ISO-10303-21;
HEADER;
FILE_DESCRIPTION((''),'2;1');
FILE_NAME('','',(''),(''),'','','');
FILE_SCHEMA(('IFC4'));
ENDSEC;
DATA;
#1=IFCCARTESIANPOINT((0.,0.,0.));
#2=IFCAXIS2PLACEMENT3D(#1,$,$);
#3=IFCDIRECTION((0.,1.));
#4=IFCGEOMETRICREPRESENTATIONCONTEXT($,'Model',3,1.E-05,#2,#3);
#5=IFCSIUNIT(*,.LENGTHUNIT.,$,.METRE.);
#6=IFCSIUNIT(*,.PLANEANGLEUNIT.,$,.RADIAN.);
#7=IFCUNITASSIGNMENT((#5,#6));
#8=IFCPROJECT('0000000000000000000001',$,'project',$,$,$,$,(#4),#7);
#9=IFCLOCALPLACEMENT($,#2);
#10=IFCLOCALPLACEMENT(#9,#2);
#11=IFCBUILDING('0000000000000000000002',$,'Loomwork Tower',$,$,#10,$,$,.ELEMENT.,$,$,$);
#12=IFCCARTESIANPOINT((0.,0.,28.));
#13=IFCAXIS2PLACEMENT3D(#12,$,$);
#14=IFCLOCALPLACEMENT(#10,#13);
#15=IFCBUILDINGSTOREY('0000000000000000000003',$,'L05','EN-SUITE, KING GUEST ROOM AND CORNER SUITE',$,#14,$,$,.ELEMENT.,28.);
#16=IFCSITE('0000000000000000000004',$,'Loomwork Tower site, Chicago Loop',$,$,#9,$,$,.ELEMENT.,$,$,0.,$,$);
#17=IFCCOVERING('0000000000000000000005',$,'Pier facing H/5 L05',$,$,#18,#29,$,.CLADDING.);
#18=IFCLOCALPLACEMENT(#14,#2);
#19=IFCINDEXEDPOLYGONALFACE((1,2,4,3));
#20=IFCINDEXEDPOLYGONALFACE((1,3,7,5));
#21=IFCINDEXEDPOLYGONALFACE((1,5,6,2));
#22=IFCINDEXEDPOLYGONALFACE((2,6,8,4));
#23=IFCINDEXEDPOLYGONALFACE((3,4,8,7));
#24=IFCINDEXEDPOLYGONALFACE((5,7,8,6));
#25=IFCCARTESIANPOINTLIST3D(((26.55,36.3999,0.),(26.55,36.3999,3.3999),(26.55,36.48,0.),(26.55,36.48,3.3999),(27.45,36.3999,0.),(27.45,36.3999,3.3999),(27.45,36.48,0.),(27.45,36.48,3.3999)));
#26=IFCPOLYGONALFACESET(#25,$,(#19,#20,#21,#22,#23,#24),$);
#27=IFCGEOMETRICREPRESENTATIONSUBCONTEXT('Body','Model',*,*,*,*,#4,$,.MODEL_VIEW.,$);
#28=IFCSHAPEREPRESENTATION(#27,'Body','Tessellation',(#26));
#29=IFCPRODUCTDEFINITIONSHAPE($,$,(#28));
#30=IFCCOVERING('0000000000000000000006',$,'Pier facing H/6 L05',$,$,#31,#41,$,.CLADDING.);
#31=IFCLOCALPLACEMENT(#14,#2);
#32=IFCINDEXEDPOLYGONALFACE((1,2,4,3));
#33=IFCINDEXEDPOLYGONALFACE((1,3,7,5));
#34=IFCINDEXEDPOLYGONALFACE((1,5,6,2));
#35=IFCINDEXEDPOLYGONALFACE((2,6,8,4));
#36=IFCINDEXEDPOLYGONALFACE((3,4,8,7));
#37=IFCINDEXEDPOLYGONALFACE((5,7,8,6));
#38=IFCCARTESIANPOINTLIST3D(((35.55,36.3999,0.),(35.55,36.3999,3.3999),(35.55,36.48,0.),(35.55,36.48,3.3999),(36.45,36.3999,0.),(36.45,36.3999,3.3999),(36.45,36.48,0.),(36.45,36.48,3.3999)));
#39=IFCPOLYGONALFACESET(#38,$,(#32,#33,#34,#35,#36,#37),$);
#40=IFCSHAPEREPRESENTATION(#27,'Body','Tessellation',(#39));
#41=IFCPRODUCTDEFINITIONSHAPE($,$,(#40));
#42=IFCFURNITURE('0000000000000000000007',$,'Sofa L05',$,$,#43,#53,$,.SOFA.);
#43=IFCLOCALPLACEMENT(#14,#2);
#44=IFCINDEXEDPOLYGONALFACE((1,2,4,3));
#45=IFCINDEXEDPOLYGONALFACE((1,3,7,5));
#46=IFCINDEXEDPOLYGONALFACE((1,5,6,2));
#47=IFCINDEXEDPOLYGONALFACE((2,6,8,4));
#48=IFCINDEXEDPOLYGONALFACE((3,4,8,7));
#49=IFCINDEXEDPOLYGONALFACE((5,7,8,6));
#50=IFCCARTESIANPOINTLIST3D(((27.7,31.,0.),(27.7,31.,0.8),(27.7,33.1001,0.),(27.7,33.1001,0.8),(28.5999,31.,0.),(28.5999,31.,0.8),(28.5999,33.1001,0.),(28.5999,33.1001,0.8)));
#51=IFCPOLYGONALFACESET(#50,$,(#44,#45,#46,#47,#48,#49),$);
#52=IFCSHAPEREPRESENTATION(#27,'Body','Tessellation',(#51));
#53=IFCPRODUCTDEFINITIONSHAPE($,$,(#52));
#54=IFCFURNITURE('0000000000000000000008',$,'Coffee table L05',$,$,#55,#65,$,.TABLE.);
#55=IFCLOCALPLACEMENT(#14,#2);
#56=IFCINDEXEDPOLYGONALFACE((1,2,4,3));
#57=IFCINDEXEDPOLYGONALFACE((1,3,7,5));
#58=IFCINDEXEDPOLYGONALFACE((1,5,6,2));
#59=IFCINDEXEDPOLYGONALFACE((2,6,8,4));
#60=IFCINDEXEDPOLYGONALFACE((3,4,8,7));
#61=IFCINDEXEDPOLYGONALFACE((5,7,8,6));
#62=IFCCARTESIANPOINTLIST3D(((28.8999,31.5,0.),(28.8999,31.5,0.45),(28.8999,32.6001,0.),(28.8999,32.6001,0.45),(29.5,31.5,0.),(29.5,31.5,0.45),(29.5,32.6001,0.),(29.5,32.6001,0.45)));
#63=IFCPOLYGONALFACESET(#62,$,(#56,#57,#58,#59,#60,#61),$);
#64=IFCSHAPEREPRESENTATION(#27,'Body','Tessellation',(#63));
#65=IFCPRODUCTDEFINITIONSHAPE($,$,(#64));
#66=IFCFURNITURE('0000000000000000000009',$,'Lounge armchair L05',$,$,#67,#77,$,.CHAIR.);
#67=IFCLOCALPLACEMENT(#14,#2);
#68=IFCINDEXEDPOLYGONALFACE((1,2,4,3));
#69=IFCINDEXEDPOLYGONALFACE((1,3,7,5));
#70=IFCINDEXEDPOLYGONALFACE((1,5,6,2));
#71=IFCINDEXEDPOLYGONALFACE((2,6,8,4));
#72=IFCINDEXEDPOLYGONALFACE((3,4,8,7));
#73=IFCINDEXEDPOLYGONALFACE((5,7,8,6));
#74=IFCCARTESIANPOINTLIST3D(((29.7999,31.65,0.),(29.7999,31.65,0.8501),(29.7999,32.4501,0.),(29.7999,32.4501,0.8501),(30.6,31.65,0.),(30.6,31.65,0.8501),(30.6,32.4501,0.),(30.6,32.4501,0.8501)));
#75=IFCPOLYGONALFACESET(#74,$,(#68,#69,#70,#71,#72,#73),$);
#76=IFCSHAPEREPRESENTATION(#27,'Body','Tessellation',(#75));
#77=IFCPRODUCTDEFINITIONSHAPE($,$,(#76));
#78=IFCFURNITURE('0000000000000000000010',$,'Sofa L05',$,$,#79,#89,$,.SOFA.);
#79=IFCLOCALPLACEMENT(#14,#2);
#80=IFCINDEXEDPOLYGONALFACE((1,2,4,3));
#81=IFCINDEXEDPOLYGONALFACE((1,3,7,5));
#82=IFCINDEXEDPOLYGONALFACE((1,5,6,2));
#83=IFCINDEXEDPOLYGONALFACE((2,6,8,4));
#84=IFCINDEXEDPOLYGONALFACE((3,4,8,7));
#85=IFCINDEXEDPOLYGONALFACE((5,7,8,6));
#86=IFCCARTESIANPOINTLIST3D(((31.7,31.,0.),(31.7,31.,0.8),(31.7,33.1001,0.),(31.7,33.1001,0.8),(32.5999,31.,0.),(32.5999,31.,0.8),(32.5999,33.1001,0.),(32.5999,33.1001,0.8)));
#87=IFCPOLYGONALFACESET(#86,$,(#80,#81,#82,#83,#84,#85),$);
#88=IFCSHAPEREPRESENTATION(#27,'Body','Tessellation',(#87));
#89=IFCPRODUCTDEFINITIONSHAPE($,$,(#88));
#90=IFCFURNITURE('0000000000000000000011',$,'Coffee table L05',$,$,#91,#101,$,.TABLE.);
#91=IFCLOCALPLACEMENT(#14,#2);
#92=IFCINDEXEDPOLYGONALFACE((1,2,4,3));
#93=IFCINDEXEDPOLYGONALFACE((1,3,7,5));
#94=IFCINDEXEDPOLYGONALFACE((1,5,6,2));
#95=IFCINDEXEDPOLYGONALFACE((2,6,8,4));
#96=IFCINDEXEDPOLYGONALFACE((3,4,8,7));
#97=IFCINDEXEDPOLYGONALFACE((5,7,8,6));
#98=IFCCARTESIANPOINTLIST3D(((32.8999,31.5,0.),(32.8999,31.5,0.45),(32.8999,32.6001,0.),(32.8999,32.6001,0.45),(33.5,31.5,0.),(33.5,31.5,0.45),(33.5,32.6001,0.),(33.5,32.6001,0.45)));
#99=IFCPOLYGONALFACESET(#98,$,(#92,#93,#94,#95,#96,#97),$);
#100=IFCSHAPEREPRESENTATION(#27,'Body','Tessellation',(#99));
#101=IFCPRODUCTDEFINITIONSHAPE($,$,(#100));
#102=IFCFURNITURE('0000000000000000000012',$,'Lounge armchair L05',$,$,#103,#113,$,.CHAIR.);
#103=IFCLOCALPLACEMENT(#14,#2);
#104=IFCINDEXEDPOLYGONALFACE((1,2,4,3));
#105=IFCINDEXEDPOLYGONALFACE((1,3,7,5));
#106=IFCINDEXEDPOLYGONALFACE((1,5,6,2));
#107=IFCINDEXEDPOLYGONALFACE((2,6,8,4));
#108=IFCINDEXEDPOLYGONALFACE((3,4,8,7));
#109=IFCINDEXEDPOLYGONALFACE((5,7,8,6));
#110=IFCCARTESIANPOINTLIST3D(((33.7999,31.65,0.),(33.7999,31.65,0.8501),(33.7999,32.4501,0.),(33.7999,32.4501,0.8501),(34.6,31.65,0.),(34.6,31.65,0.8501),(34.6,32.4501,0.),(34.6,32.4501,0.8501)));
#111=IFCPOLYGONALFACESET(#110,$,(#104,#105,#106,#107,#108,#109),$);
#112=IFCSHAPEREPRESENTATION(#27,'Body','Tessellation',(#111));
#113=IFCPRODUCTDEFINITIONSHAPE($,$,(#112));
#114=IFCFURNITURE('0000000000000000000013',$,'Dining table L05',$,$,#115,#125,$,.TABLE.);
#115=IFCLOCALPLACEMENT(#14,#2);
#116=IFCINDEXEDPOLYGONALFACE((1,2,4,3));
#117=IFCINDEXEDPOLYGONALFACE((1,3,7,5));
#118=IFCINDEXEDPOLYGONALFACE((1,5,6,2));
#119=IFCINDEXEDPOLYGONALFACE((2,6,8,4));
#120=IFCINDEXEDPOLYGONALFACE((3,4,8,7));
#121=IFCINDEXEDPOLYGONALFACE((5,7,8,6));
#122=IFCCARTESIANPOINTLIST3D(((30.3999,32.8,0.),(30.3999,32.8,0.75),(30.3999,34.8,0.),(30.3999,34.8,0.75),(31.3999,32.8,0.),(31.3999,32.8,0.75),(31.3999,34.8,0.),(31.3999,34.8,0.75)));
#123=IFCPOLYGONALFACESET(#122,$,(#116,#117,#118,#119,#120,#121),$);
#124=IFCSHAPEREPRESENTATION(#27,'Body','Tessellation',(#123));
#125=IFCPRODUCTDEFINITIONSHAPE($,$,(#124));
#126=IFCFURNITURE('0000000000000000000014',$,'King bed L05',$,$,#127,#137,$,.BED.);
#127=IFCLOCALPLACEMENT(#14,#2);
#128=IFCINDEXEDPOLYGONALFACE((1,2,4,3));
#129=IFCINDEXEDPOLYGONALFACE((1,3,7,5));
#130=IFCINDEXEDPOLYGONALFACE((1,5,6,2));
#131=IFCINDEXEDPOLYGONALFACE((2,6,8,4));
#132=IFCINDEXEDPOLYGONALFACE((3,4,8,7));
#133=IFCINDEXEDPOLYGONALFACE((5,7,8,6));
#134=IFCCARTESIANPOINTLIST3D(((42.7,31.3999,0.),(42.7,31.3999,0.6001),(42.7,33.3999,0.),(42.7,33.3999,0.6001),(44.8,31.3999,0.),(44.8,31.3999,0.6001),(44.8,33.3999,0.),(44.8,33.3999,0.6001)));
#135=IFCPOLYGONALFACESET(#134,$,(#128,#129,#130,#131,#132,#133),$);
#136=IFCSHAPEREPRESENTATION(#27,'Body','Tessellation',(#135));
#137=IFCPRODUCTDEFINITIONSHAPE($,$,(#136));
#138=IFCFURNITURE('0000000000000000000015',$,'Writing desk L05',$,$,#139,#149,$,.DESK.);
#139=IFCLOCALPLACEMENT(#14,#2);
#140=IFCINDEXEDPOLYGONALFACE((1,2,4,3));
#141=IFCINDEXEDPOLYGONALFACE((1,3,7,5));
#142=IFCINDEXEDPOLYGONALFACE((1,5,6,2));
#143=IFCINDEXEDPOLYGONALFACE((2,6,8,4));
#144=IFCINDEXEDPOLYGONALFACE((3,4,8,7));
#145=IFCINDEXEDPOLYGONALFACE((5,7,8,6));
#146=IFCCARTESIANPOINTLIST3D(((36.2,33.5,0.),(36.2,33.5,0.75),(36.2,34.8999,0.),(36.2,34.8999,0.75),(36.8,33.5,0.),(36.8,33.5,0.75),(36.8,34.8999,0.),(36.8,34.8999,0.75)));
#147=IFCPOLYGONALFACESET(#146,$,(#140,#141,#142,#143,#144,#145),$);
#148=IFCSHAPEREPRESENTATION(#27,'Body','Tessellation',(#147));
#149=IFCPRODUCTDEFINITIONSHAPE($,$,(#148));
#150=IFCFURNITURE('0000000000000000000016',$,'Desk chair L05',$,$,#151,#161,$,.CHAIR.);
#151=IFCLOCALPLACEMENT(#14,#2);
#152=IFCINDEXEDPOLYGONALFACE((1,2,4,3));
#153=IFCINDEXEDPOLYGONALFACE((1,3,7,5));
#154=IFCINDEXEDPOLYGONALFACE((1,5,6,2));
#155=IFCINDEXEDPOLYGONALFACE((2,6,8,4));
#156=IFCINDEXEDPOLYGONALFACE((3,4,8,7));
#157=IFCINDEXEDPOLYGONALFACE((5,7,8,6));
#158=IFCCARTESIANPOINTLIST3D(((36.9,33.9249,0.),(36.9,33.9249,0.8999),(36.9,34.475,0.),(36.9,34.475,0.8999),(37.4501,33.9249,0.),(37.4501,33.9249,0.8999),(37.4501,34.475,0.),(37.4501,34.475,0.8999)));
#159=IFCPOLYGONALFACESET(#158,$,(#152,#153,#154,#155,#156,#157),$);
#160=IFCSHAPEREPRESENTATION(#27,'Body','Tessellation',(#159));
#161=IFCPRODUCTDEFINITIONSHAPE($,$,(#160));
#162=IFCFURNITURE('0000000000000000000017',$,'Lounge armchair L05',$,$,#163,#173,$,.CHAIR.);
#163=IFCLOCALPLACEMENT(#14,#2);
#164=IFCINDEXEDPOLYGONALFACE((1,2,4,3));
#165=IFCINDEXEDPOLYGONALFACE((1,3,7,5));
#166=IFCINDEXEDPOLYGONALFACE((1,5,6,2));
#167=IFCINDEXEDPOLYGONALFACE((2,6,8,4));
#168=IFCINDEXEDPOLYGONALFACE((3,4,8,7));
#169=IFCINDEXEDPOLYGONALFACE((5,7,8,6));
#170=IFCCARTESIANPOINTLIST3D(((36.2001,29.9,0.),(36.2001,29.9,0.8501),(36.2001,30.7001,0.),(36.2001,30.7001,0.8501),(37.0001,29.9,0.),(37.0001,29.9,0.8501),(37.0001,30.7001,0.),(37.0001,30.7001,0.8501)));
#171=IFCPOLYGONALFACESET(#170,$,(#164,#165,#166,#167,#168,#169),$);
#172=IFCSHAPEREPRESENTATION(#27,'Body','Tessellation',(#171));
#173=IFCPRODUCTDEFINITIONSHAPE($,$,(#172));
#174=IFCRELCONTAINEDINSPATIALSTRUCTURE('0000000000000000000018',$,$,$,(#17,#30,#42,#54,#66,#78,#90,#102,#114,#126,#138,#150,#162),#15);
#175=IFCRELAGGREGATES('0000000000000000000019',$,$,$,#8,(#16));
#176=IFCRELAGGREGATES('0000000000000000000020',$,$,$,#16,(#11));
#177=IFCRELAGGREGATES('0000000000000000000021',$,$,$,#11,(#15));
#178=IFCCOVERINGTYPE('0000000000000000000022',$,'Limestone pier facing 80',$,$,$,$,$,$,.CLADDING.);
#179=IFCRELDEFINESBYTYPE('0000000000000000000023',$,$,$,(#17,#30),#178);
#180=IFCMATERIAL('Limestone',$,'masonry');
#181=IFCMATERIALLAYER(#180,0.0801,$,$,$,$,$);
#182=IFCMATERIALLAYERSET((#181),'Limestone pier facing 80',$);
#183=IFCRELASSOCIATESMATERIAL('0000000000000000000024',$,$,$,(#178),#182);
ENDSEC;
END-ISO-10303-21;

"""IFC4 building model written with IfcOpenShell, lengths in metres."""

from ifc_helpers import new_model, si_unit, direction, frame, origin, origin_2d, place, context, subcontext, project, spatial, rectangle, extrude, material, layer, layer_set, type_object, element, save


model = new_model("IFC4")

# Units and contexts
model_context = context("Model", 3, precision=1e-05, world=origin(), true_north=direction((0.0, 1.0)))
body_context = subcontext(model_context, "Body", "Model", "MODEL_VIEW")
ifc_project = project(units=[si_unit("LENGTHUNIT", "METRE"), si_unit("PLANEANGLEUNIT", "RADIAN")], contexts=[model_context])

# Site, building, storey
site_placement = place(None, origin())
site = spatial("IfcSite", under=ifc_project, at=site_placement, Name="Loomwork Tower site, Chicago Loop", CompositionType="ELEMENT", RefElevation=0.0)
building_placement = place(site_placement, origin())
building = spatial("IfcBuilding", under=site, at=building_placement, Name="Loomwork Tower", CompositionType="ELEMENT")
storey_placement = place(building_placement, frame((0.0, 0.0, 28.0)))
storey = spatial("IfcBuildingStorey", under=building, at=storey_placement, Name="L05", Description="EN-SUITE, KING GUEST ROOM AND CORNER SUITE", CompositionType="ELEMENT", Elevation=28.0)

# Coverings
ifc_material_1 = material(Name="Limestone", Category="masonry")
ifc_layer_1 = layer(ifc_material_1, 0.0801)
ifc_layer_set_1 = layer_set([ifc_layer_1], Name="Limestone pier facing 80")
covering_type = type_object("IfcCoveringType", Name="Limestone pier facing 80", PredefinedType="CLADDING", material=ifc_layer_set_1)
for number, where, z_axis, x_axis, name in (
    (1, (27.0, 36.4399, 0.0), (0.0, 0.0, 1.0), (1.0, 0.0, 0.0), "Pier facing H/5 L05"),
    (2, (36.0, 36.4399, 0.0), (0.0, 0.0, 1.0), (1.0, 0.0, 0.0), "Pier facing H/6 L05"),
):
    element("IfcCovering", number, at=place(storey_placement, frame(where, z_axis=z_axis, x_axis=x_axis)), inside=storey, type_object=covering_type, Name=name, PredefinedType="CLADDING", context=body_context, shape_type="SweptSolid", body=[
        extrude(rectangle(XDim=0.8999, YDim=0.0801, at=origin_2d()), origin(), (0.0, 0.0, 1.0), 3.3999),
    ])

# Furniture
furniture_1_placement = place(storey_placement, frame((28.1499, 32.05, 0.0), z_axis=(0.0, 0.0, 1.0), x_axis=(1.0, 0.0, 0.0)))
element("IfcFurniture", 3, at=furniture_1_placement, inside=storey, Name="Sofa L05", PredefinedType="SOFA", context=body_context, shape_type="SweptSolid", body=[
    extrude(rectangle(XDim=0.8999, YDim=2.1001, at=origin_2d()), origin(), (0.0, 0.0, 1.0), 0.8),
])
furniture_2_placement = place(storey_placement, frame((29.2, 32.05, 0.0), z_axis=(0.0, 0.0, 1.0), x_axis=(1.0, 0.0, 0.0)))
element("IfcFurniture", 4, at=furniture_2_placement, inside=storey, Name="Coffee table L05", PredefinedType="TABLE", context=body_context, shape_type="SweptSolid", body=[
    extrude(rectangle(XDim=0.6001, YDim=1.1001, at=origin_2d()), origin(), (0.0, 0.0, 1.0), 0.45),
])
furniture_3_placement = place(storey_placement, frame((30.2, 32.05, 0.0), z_axis=(0.0, 0.0, 1.0), x_axis=(1.0, 0.0, 0.0)))
element("IfcFurniture", 5, at=furniture_3_placement, inside=storey, Name="Lounge armchair L05", PredefinedType="CHAIR", context=body_context, shape_type="SweptSolid", body=[
    extrude(rectangle(XDim=0.8, YDim=0.8, at=origin_2d()), origin(), (0.0, 0.0, 1.0), 0.8501),
])
furniture_4_placement = place(storey_placement, frame((32.1499, 32.05, 0.0), z_axis=(0.0, 0.0, 1.0), x_axis=(1.0, 0.0, 0.0)))
element("IfcFurniture", 6, at=furniture_4_placement, inside=storey, Name="Sofa L05", PredefinedType="SOFA", context=body_context, shape_type="SweptSolid", body=[
    extrude(rectangle(XDim=0.8999, YDim=2.1001, at=origin_2d()), origin(), (0.0, 0.0, 1.0), 0.8),
])
furniture_5_placement = place(storey_placement, frame((33.2, 32.05, 0.0), z_axis=(0.0, 0.0, 1.0), x_axis=(1.0, 0.0, 0.0)))
element("IfcFurniture", 7, at=furniture_5_placement, inside=storey, Name="Coffee table L05", PredefinedType="TABLE", context=body_context, shape_type="SweptSolid", body=[
    extrude(rectangle(XDim=0.6001, YDim=1.1001, at=origin_2d()), origin(), (0.0, 0.0, 1.0), 0.45),
])
furniture_6_placement = place(storey_placement, frame((34.2, 32.05, 0.0), z_axis=(0.0, 0.0, 1.0), x_axis=(1.0, 0.0, 0.0)))
element("IfcFurniture", 8, at=furniture_6_placement, inside=storey, Name="Lounge armchair L05", PredefinedType="CHAIR", context=body_context, shape_type="SweptSolid", body=[
    extrude(rectangle(XDim=0.8, YDim=0.8, at=origin_2d()), origin(), (0.0, 0.0, 1.0), 0.8501),
])
furniture_7_placement = place(storey_placement, frame((30.8999, 33.8, 0.0), z_axis=(0.0, 0.0, 1.0), x_axis=(1.0, 0.0, 0.0)))
element("IfcFurniture", 9, at=furniture_7_placement, inside=storey, Name="Dining table L05", PredefinedType="TABLE", context=body_context, shape_type="SweptSolid", body=[
    extrude(rectangle(XDim=1.0, YDim=2.0, at=origin_2d()), origin(), (0.0, 0.0, 1.0), 0.75),
])
furniture_8_placement = place(storey_placement, frame((43.75, 32.3999, 0.0), z_axis=(0.0, 0.0, 1.0), x_axis=(1.0, 0.0, 0.0)))
element("IfcFurniture", 10, at=furniture_8_placement, inside=storey, Name="King bed L05", PredefinedType="BED", context=body_context, shape_type="SweptSolid", body=[
    extrude(rectangle(XDim=2.1001, YDim=2.0, at=origin_2d()), origin(), (0.0, 0.0, 1.0), 0.6001),
])
furniture_9_placement = place(storey_placement, frame((36.5, 34.2, 0.0), z_axis=(0.0, 0.0, 1.0), x_axis=(1.0, 0.0, 0.0)))
element("IfcFurniture", 11, at=furniture_9_placement, inside=storey, Name="Writing desk L05", PredefinedType="DESK", context=body_context, shape_type="SweptSolid", body=[
    extrude(rectangle(XDim=0.6001, YDim=1.3999, at=origin_2d()), origin(), (0.0, 0.0, 1.0), 0.75),
])
furniture_10_placement = place(storey_placement, frame((37.175, 34.2, 0.0), z_axis=(0.0, 0.0, 1.0), x_axis=(1.0, 0.0, 0.0)))
element("IfcFurniture", 12, at=furniture_10_placement, inside=storey, Name="Desk chair L05", PredefinedType="CHAIR", context=body_context, shape_type="SweptSolid", body=[
    extrude(rectangle(XDim=0.55, YDim=0.55, at=origin_2d()), origin(), (0.0, 0.0, 1.0), 0.8999),
])
furniture_11_placement = place(storey_placement, frame((36.6001, 30.3, 0.0), z_axis=(0.0, 0.0, 1.0), x_axis=(1.0, 0.0, 0.0)))
element("IfcFurniture", 13, at=furniture_11_placement, inside=storey, Name="Lounge armchair L05", PredefinedType="CHAIR", context=body_context, shape_type="SweptSolid", body=[
    extrude(rectangle(XDim=0.8, YDim=0.8, at=origin_2d()), origin(), (0.0, 0.0, 1.0), 0.8501),
])

save(model, "model.ifc")
